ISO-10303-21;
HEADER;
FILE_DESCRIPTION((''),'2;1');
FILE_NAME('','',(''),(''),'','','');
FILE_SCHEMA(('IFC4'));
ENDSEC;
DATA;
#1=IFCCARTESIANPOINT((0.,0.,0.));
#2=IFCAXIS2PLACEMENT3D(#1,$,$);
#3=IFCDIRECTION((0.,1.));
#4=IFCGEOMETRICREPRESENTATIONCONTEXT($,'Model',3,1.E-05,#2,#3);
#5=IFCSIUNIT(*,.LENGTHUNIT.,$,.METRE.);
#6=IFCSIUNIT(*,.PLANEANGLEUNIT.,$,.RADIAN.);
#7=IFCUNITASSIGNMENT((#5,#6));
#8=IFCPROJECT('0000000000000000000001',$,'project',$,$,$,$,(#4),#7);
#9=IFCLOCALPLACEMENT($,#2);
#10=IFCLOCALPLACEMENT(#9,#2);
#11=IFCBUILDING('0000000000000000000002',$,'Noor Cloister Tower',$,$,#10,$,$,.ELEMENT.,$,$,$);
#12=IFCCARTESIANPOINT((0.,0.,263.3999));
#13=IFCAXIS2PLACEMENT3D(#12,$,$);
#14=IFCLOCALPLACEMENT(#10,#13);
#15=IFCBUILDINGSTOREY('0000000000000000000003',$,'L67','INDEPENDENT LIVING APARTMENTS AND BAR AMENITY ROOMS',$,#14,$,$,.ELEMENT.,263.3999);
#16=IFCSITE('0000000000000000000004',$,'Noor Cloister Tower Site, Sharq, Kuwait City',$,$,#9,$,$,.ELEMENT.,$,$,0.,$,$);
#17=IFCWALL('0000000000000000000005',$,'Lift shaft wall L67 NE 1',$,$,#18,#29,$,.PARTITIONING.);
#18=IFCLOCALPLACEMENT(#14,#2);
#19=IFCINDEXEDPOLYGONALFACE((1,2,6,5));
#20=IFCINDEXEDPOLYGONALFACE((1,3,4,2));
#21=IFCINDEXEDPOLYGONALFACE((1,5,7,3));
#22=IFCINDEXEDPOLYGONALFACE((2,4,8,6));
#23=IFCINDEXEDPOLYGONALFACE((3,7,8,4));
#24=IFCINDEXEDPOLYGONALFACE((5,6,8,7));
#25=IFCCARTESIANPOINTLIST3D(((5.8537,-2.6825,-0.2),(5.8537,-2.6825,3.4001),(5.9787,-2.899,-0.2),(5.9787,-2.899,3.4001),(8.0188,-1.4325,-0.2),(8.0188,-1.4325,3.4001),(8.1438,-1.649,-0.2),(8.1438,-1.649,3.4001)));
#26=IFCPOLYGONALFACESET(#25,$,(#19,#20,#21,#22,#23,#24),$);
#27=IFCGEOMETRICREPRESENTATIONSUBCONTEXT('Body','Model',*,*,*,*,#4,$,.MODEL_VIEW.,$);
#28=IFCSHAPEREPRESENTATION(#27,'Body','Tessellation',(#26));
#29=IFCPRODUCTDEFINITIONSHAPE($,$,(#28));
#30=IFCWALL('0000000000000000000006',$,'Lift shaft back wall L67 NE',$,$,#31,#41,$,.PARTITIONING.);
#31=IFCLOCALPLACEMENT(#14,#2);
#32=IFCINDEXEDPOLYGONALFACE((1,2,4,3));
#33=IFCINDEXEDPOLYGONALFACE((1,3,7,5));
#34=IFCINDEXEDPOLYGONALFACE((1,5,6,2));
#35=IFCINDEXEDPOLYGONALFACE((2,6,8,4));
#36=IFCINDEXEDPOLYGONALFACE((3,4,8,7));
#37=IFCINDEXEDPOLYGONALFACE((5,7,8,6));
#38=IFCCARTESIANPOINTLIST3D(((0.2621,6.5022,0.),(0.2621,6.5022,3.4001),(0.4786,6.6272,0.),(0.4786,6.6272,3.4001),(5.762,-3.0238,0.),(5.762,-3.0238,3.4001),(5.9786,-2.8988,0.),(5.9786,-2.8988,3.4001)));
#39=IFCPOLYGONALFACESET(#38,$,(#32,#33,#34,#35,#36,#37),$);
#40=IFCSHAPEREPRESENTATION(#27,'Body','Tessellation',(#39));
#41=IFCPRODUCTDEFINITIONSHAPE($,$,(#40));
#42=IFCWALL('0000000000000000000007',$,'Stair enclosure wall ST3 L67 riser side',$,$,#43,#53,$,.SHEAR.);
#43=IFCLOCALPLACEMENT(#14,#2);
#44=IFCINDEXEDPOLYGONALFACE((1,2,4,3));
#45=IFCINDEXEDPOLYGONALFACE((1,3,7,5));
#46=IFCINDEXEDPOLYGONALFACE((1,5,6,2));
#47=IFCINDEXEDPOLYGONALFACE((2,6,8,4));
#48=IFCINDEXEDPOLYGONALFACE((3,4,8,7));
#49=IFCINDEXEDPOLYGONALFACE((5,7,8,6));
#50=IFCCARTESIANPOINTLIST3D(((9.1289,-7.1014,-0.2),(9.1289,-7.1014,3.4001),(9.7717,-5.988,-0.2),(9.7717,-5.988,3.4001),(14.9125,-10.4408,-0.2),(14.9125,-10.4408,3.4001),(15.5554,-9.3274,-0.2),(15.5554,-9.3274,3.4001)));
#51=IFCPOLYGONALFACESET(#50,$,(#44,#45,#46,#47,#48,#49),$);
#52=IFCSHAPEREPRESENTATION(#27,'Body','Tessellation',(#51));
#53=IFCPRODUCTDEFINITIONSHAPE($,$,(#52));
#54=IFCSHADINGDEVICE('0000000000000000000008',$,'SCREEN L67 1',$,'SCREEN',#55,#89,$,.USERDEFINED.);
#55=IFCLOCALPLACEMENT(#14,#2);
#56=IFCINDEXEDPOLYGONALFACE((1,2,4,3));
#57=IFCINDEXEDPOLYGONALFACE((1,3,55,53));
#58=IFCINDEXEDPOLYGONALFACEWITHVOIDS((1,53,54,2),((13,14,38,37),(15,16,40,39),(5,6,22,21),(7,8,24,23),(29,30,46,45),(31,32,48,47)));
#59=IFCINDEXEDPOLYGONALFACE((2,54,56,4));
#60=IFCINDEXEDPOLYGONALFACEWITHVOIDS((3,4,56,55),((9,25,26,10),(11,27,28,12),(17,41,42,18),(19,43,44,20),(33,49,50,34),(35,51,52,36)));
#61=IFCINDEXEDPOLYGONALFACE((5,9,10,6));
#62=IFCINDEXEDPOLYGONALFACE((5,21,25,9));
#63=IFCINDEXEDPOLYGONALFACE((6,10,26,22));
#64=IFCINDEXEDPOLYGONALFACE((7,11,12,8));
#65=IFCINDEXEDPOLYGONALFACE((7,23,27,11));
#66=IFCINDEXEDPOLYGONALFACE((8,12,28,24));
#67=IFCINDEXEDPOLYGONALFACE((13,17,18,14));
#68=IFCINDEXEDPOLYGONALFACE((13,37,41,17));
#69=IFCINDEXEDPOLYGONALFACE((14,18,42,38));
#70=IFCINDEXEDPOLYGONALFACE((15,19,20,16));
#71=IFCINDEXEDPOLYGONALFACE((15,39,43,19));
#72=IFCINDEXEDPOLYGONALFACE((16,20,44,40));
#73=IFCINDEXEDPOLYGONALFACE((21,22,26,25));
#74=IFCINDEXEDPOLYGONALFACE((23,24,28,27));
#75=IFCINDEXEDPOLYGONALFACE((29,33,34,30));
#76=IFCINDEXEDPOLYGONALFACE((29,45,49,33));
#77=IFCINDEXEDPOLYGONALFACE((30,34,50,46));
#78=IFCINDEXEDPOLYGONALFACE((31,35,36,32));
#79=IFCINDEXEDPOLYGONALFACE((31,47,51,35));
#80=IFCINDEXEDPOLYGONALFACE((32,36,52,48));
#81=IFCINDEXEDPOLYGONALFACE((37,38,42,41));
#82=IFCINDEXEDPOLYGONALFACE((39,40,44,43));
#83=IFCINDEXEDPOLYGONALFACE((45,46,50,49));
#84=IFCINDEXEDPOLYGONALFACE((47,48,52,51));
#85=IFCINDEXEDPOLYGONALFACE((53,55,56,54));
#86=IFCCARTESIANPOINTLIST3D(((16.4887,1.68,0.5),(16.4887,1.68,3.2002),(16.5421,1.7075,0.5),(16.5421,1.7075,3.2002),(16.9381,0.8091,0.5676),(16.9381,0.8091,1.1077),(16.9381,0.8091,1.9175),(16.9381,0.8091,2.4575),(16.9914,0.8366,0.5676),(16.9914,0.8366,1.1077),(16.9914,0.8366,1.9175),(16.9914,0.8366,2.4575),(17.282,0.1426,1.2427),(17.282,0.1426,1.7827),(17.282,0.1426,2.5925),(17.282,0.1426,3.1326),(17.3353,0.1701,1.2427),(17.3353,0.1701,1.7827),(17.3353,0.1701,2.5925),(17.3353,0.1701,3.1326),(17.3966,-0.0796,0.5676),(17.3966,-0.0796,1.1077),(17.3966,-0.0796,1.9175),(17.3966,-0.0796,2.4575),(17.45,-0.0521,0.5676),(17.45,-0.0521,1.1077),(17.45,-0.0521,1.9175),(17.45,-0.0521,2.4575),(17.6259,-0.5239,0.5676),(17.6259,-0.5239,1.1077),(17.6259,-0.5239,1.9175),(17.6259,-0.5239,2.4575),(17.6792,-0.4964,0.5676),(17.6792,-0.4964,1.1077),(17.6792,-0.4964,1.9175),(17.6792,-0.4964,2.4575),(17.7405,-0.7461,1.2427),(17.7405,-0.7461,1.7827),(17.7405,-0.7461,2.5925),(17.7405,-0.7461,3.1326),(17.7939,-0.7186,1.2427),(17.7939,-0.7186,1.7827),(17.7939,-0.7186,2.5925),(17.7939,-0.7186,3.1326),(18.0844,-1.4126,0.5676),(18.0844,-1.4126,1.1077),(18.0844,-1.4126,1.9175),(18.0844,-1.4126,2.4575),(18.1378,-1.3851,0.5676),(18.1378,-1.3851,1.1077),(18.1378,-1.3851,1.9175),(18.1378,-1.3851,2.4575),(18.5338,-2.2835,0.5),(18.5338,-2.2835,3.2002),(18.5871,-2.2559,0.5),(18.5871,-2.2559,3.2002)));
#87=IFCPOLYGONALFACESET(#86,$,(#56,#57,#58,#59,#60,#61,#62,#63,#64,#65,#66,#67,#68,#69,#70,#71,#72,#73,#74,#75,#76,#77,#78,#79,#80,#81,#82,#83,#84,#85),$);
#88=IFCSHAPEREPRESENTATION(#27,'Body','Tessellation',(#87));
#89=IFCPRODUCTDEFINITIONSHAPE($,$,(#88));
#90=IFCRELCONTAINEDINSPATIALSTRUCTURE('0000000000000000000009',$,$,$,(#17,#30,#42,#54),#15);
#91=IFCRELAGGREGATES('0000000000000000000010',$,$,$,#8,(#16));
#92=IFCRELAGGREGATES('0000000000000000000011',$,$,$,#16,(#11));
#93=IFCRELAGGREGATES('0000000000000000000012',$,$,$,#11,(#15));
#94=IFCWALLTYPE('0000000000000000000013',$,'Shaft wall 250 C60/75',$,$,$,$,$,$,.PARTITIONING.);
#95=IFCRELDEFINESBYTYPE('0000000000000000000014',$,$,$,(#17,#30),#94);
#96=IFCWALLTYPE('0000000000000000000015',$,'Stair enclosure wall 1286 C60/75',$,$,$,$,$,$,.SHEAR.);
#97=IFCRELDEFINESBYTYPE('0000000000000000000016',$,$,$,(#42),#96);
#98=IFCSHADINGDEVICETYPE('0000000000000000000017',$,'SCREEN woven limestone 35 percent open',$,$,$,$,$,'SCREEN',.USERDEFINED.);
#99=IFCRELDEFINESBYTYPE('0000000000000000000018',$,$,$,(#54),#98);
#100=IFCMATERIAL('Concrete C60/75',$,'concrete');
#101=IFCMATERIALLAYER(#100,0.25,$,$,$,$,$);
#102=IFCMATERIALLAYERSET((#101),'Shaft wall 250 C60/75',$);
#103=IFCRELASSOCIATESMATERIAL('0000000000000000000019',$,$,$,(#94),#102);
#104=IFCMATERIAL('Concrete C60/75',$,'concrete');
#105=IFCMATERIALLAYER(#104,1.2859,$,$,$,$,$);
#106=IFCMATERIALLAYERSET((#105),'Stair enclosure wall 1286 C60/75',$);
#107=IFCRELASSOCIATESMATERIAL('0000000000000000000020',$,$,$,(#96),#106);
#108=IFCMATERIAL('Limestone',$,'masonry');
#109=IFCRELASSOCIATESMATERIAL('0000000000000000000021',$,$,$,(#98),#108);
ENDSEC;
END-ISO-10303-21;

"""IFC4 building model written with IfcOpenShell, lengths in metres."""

from ifc_helpers import new_model, si_unit, direction, frame, frame_2d, origin, place, context, subcontext, project, spatial, polyline, rectangle, outline, extrude, material, layer, layer_set, material_profile, profile_set, type_object, element, save


model = new_model("IFC4")

# Units and contexts
model_context = context("Model", 3, precision=1e-05, world=origin(), true_north=direction((0.0, 1.0)))
body_context = subcontext(model_context, "Body", "Model", "MODEL_VIEW")
ifc_project = project(units=[si_unit("LENGTHUNIT", "METRE"), si_unit("PLANEANGLEUNIT", "RADIAN")], contexts=[model_context])

# Site, building, storey
site_placement = place(None, origin())
site = spatial("IfcSite", under=ifc_project, at=site_placement, Name="Noor Cloister Tower Site, Sharq, Kuwait City", CompositionType="ELEMENT", RefElevation=0.0)
building_placement = place(site_placement, origin())
building = spatial("IfcBuilding", under=site, at=building_placement, Name="Noor Cloister Tower", CompositionType="ELEMENT")
storey_placement = place(building_placement, frame((0.0, 0.0, 263.3999)))
storey = spatial("IfcBuildingStorey", under=building, at=storey_placement, Name="L67", Description="INDEPENDENT LIVING APARTMENTS AND BAR AMENITY ROOMS", CompositionType="ELEMENT", Elevation=263.3999)

# Walls
ifc_material_1 = material(Name="Concrete C60/75", Category="concrete")
ifc_layer_1 = layer(ifc_material_1, 0.25)
ifc_layer_set_1 = layer_set([ifc_layer_1], Name="Shaft wall 250 C60/75")
wall_type_1 = type_object("IfcWallType", Name="Shaft wall 250 C60/75", PredefinedType="PARTITIONING", material=ifc_layer_set_1)
wall_1_placement = place(storey_placement, frame((8.0813, -1.5408, -0.2), z_axis=(0.0, 0.0, 1.0), x_axis=(-0.866023, -0.500004, 0.0)))
element("IfcWall", 1, at=wall_1_placement, inside=storey, type_object=wall_type_1, Name="Lift shaft wall L67 NE 1", PredefinedType="PARTITIONING", context=body_context, shape_type="SweptSolid", body=[
    extrude(rectangle(XDim=2.5, YDim=0.25, at=frame_2d((1.25, 0.0))), origin(), (0.0, 0.0, 1.0), 3.6001),
])
wall_2_placement = place(storey_placement, frame((5.8704, -2.9614, 0.0), z_axis=(0.0, 0.0, 1.0), x_axis=(-0.500006, 0.866022, 0.0)))
element("IfcWall", 2, at=wall_2_placement, inside=storey, type_object=wall_type_1, Name="Lift shaft back wall L67 NE", PredefinedType="PARTITIONING", context=body_context, shape_type="SweptSolid", body=[
    extrude(rectangle(XDim=10.9998, YDim=0.25, at=frame_2d((5.5, 0.0))), origin(), (0.0, 0.0, 1.0), 3.4001),
])
ifc_material_2 = material(Name="Concrete C60/75", Category="concrete")
ifc_layer_2 = layer(ifc_material_2, 1.2859)
ifc_layer_set_2 = layer_set([ifc_layer_2], Name="Stair enclosure wall 1286 C60/75")
wall_type_2 = type_object("IfcWallType", Name="Stair enclosure wall 1286 C60/75", PredefinedType="SHEAR", material=ifc_layer_set_2)
wall_3_placement = place(storey_placement, frame((9.4502, -6.5447, -0.2), z_axis=(0.0, 0.0, 1.0), x_axis=(0.866016, -0.500016, 0.0)))
element("IfcWall", 3, at=wall_3_placement, inside=storey, type_object=wall_type_2, Name="Stair enclosure wall ST3 L67 riser side", PredefinedType="SHEAR", context=body_context, shape_type="SweptSolid", body=[
    extrude(rectangle(XDim=6.6785, YDim=1.2856, at=frame_2d((3.3394, 0.0))), origin(), (0.0, 0.0, 1.0), 3.6001),
])

# Shading device
ifc_material_3 = material(Name="Limestone", Category="masonry")
ifc_material_profile_1 = material_profile(ifc_material_3, outline(polyline([(-2.23, -1.3501), (2.23, -1.3501), (2.23, 1.3501), (-2.23, 1.3501), (-2.23, -1.3501)]), holes=[polyline([(-1.25, -1.2825), (-0.25, -1.2825), (-0.25, -0.7424), (-1.25, -0.7424), (-1.25, -1.2825)]), polyline([(0.25, -1.2825), (1.25, -1.2825), (1.25, -0.7424), (0.25, -0.7424), (0.25, -1.2825)]), polyline([(-0.5, -0.6074), (0.5, -0.6074), (0.5, -0.0674), (-0.5, -0.0674), (-0.5, -0.6074)]), polyline([(-1.25, 0.0674), (-0.25, 0.0674), (-0.25, 0.6074), (-1.25, 0.6074), (-1.25, 0.0674)]), polyline([(0.25, 0.0674), (1.25, 0.0674), (1.25, 0.6074), (0.25, 0.6074), (0.25, 0.0674)]), polyline([(-0.5, 0.7424), (0.5, 0.7424), (0.5, 1.2825), (-0.5, 1.2825), (-0.5, 0.7424)])]), Name="Woven screen 35 percent open")
ifc_profile_set_1 = profile_set([ifc_material_profile_1], Name="Limestone")
shading_device_type = type_object("IfcShadingDeviceType", Name="SCREEN woven limestone 35 percent open", ElementType="SCREEN", PredefinedType="USERDEFINED", material=ifc_profile_set_1)
shading_device_placement = place(storey_placement, frame((17.5112, -0.3018, 1.8501), z_axis=(0.888674, 0.45854, 0.0), x_axis=(-0.45854, 0.888674, 0.0)))
element("IfcShadingDevice", 4, at=shading_device_placement, inside=storey, type_object=shading_device_type, Name="SCREEN L67 1", ObjectType="SCREEN", PredefinedType="USERDEFINED", context=body_context, shape_type="SweptSolid", body=[
    extrude(outline(polyline([(-2.23, -1.3501), (2.23, -1.3501), (2.23, 1.3501), (-2.23, 1.3501), (-2.23, -1.3501)]), holes=[polyline([(-1.25, -1.2825), (-0.25, -1.2825), (-0.25, -0.7424), (-1.25, -0.7424), (-1.25, -1.2825)]), polyline([(0.25, -1.2825), (1.25, -1.2825), (1.25, -0.7424), (0.25, -0.7424), (0.25, -1.2825)]), polyline([(-0.5, -0.6074), (0.5, -0.6074), (0.5, -0.0674), (-0.5, -0.0674), (-0.5, -0.6074)]), polyline([(-1.25, 0.0674), (-0.25, 0.0674), (-0.25, 0.6074), (-1.25, 0.6074), (-1.25, 0.0674)]), polyline([(0.25, 0.0674), (1.25, 0.0674), (1.25, 0.6074), (0.25, 0.6074), (0.25, 0.0674)]), polyline([(-0.5, 0.7424), (0.5, 0.7424), (0.5, 1.2825), (-0.5, 1.2825), (-0.5, 0.7424)])]), origin(), (0.0, 0.0, 1.0), 0.0601),
])

save(model, "model.ifc")
